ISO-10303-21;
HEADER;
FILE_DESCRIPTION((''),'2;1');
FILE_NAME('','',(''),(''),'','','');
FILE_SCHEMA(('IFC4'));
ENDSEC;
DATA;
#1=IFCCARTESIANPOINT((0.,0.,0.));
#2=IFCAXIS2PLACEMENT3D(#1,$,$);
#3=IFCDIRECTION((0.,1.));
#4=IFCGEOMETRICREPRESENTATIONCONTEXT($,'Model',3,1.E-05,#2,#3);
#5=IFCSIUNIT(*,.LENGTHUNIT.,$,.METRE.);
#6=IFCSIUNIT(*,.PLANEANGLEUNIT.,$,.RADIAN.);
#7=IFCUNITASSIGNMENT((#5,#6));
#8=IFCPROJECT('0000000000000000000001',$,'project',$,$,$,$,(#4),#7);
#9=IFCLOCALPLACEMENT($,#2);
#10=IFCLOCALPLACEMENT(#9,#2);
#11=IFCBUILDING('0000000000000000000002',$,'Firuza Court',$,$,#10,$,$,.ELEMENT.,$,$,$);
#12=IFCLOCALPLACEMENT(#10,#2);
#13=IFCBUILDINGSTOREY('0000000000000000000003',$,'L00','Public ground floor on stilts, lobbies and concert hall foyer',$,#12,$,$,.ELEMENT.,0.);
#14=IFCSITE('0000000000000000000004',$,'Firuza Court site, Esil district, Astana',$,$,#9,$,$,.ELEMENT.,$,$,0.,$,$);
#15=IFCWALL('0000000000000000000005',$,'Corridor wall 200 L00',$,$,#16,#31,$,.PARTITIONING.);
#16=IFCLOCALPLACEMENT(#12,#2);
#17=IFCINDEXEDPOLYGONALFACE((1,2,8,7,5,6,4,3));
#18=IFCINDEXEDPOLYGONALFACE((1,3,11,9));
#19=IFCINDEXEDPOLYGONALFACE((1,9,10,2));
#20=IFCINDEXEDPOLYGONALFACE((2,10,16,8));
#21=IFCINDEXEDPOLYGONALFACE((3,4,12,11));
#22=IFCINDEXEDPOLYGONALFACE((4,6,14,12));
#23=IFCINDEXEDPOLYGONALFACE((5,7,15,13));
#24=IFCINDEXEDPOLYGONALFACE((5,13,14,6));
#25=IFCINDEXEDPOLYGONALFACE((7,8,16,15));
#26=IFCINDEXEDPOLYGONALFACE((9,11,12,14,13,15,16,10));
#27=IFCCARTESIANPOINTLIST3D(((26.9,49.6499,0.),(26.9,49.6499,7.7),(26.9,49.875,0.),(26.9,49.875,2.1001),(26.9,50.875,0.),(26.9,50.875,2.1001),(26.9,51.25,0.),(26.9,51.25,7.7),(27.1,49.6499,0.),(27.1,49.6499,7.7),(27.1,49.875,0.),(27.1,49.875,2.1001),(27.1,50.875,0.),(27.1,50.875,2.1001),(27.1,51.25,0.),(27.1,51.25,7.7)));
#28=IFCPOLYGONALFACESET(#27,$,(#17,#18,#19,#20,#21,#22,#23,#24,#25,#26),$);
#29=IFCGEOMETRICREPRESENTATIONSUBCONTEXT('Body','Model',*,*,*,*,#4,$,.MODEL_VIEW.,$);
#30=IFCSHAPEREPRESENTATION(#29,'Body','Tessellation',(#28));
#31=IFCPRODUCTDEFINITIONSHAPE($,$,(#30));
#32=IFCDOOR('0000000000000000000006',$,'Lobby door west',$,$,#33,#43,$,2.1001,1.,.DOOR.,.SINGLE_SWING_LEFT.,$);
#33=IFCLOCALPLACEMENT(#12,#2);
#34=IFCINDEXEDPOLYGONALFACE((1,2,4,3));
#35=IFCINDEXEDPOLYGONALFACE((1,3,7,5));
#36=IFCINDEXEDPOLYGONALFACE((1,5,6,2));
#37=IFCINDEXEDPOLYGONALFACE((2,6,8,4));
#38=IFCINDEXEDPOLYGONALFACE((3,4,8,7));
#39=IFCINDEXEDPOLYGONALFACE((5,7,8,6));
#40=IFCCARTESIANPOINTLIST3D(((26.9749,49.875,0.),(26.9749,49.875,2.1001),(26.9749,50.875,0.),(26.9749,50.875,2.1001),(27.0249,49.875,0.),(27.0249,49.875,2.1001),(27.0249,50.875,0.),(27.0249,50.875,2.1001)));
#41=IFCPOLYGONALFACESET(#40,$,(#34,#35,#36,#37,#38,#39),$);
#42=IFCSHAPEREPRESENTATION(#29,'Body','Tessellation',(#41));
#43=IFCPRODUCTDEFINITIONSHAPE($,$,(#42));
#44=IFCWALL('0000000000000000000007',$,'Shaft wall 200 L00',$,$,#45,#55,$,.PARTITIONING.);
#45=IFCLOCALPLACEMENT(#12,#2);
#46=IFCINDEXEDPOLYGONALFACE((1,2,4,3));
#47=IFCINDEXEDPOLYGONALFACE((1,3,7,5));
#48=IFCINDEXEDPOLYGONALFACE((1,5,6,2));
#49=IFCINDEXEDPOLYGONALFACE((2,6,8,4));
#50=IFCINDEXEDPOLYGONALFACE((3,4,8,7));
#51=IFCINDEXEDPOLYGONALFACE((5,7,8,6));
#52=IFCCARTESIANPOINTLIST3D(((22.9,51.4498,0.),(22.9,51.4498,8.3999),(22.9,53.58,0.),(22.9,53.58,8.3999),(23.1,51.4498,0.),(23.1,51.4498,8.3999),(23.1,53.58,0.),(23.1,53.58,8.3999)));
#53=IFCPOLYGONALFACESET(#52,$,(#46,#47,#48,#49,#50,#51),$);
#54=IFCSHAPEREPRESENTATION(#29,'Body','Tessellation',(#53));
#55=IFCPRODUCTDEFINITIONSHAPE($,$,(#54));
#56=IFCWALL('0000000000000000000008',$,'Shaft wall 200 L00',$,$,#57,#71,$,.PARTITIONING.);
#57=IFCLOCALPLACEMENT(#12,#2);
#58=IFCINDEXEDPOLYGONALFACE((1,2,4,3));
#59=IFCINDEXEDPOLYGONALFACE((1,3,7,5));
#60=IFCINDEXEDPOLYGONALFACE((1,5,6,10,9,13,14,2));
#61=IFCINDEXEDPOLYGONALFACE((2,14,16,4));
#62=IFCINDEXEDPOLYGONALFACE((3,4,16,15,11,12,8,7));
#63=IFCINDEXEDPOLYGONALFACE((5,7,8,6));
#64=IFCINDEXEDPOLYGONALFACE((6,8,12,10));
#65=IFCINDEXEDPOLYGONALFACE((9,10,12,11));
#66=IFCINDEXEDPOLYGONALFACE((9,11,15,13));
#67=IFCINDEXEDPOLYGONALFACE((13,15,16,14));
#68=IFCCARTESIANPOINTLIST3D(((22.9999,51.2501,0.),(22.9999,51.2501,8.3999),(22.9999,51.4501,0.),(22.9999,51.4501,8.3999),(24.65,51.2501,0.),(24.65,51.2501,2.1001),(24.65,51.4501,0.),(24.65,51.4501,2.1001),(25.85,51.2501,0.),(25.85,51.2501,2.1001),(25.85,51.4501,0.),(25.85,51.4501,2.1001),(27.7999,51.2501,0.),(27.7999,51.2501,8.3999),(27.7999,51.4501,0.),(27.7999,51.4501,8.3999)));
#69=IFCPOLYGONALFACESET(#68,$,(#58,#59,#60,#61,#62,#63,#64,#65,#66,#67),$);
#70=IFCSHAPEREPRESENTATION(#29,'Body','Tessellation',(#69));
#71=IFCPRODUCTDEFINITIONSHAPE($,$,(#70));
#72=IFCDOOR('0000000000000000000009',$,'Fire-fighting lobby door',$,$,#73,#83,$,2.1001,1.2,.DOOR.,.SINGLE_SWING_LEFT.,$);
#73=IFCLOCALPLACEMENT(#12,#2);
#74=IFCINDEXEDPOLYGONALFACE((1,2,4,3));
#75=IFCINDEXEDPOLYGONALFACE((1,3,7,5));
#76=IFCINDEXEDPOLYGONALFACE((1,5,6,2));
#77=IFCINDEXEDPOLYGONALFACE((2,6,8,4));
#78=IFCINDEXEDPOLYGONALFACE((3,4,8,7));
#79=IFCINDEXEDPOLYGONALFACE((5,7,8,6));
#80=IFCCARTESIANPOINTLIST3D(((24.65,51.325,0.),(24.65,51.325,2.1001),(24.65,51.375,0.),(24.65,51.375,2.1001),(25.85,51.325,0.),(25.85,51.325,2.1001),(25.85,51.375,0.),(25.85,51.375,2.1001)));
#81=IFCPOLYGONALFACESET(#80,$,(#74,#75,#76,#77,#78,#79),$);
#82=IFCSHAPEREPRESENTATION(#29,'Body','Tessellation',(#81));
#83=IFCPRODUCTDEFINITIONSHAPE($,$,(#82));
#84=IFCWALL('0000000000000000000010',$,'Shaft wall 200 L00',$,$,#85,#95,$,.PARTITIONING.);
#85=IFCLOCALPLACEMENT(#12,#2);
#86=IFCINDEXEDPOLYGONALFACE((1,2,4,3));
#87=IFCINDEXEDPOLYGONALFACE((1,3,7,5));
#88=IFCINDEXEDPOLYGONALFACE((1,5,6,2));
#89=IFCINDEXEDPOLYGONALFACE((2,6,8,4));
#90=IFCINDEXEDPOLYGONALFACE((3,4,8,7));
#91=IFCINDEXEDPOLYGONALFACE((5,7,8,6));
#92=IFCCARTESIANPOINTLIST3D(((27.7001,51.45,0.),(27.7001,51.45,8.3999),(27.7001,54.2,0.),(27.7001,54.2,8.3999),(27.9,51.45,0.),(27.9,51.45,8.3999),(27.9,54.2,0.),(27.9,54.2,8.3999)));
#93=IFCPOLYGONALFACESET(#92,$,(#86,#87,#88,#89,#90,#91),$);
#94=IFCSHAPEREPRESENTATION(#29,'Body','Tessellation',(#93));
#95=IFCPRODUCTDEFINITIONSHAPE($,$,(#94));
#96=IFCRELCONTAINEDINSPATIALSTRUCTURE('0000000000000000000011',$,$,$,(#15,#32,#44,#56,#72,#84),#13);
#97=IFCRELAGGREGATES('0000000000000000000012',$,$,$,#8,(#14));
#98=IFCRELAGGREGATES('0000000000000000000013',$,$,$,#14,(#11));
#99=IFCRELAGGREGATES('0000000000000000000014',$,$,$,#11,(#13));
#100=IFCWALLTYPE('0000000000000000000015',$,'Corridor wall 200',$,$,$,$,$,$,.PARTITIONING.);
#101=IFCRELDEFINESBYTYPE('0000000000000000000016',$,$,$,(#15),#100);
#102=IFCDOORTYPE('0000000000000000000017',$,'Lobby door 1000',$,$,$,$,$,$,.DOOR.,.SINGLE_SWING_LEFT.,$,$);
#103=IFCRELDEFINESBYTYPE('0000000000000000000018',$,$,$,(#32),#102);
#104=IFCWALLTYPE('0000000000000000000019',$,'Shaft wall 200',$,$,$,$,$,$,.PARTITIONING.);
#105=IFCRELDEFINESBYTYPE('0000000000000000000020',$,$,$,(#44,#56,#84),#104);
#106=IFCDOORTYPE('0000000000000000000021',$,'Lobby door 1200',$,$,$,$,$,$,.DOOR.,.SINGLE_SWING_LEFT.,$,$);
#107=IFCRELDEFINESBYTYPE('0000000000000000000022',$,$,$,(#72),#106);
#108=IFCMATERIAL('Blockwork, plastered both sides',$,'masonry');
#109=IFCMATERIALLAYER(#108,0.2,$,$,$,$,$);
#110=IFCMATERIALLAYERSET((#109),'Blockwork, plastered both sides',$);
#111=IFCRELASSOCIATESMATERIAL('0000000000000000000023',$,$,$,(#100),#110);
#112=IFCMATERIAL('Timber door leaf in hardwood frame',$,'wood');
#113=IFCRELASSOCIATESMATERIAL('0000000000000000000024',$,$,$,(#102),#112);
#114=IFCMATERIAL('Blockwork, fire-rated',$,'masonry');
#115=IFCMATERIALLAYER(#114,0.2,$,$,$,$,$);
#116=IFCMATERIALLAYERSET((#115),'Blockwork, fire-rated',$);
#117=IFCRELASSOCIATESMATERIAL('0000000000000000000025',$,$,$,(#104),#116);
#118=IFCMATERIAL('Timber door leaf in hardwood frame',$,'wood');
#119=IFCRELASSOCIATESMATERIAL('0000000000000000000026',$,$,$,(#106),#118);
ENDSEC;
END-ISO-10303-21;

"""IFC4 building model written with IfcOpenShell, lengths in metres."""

from ifc_helpers import new_model, si_unit, direction, frame, frame_2d, origin, place, context, subcontext, project, spatial, rectangle, extrude, material, layer, layer_set, type_object, element, fill, save


model = new_model("IFC4")

# Units and contexts
model_context = context("Model", 3, precision=1e-05, world=origin(), true_north=direction((0.0, 1.0)))
body_context = subcontext(model_context, "Body", "Model", "MODEL_VIEW")
ifc_project = project(units=[si_unit("LENGTHUNIT", "METRE"), si_unit("PLANEANGLEUNIT", "RADIAN")], contexts=[model_context])

# Site, building, storey
site_placement = place(None, origin())
site = spatial("IfcSite", under=ifc_project, at=site_placement, Name="Firuza Court site, Esil district, Astana", CompositionType="ELEMENT", RefElevation=0.0)
building_placement = place(site_placement, origin())
building = spatial("IfcBuilding", under=site, at=building_placement, Name="Firuza Court", CompositionType="ELEMENT")
storey_placement = place(building_placement, origin())
storey = spatial("IfcBuildingStorey", under=building, at=storey_placement, Name="L00", Description="Public ground floor on stilts, lobbies and concert hall foyer", CompositionType="ELEMENT", Elevation=0.0)

# Wall, opening, door
ifc_material_1 = material(Name="Blockwork, plastered both sides", Category="masonry")
ifc_layer_1 = layer(ifc_material_1, 0.2)
ifc_layer_set_1 = layer_set([ifc_layer_1], Name="Blockwork, plastered both sides")
wall_type_1 = type_object("IfcWallType", Name="Corridor wall 200", PredefinedType="PARTITIONING", material=ifc_layer_set_1)
wall_1_placement = place(storey_placement, frame((27.0, 49.6499, 0.0), z_axis=(0.0, 0.0, 1.0), x_axis=(0.0, 1.0, 0.0)))
wall_1 = element("IfcWall", 1, at=wall_1_placement, inside=storey, type_object=wall_type_1, Name="Corridor wall 200 L00", PredefinedType="PARTITIONING", context=body_context, shape_type="SweptSolid", body=[
    extrude(rectangle(XDim=1.6001, YDim=0.2, at=frame_2d((0.8, 0.0))), origin(), (0.0, 0.0, 1.0), 7.7),
])
opening_1_placement = place(wall_1_placement, frame((0.2251, 0.0, 0.0)))
opening_1 = element("IfcOpeningElement", 2, at=opening_1_placement, cuts=wall_1, PredefinedType="OPENING", context=body_context, shape_type="SweptSolid", body=[
    extrude(rectangle(XDim=1.0, YDim=2.1001, at=frame_2d((0.5, 1.05))), frame((0.0, 0.1118, 0.0), z_axis=(0.0, -1.0, 0.0), x_axis=(1.0, 0.0, 0.0)), (0.0, 0.0, 1.0), 0.2239),
])
ifc_material_2 = material(Name="Timber door leaf in hardwood frame", Category="wood")
door_type_1 = type_object("IfcDoorType", Name="Lobby door 1000", OperationType="SINGLE_SWING_LEFT", PredefinedType="DOOR", material=ifc_material_2)
door_1_placement = place(opening_1_placement, frame((1.0, 0.0, 0.0), z_axis=(0.0, 0.0, 1.0), x_axis=(-1.0, 0.0, 0.0)))
door_1 = element("IfcDoor", 3, at=door_1_placement, inside=storey, type_object=door_type_1, Name="Lobby door west", OperationType="SINGLE_SWING_LEFT", OverallHeight=2.1001, OverallWidth=1.0, PredefinedType="DOOR", context=body_context, shape_type="SweptSolid", body=[
    extrude(rectangle(XDim=1.0, YDim=2.1001, at=frame_2d((0.5, 1.05))), frame((0.0, 0.0249, 0.0), z_axis=(0.0, -1.0, 0.0), x_axis=(1.0, 0.0, 0.0)), (0.0, 0.0, 1.0), 0.05),
])
fill(opening_1, door_1)

# Wall
ifc_material_3 = material(Name="Blockwork, fire-rated", Category="masonry")
ifc_layer_2 = layer(ifc_material_3, 0.2)
ifc_layer_set_2 = layer_set([ifc_layer_2], Name="Blockwork, fire-rated")
wall_type_2 = type_object("IfcWallType", Name="Shaft wall 200", PredefinedType="PARTITIONING", material=ifc_layer_set_2)
wall_2_placement = place(storey_placement, frame((23.0, 51.45, 0.0), z_axis=(0.0, 0.0, 1.0), x_axis=(0.0, 1.0, 0.0)))
element("IfcWall", 4, at=wall_2_placement, inside=storey, type_object=wall_type_2, Name="Shaft wall 200 L00", PredefinedType="PARTITIONING", context=body_context, shape_type="SweptSolid", body=[
    extrude(rectangle(XDim=2.1301, YDim=0.2, at=frame_2d((1.0649, 0.0))), origin(), (0.0, 0.0, 1.0), 8.3999),
])

# Wall, opening, door
wall_3_placement = place(storey_placement, frame((23.0, 51.3501, 0.0), z_axis=(0.0, 0.0, 1.0), x_axis=(1.0, 0.0, 0.0)))
wall_3 = element("IfcWall", 5, at=wall_3_placement, inside=storey, type_object=wall_type_2, Name="Shaft wall 200 L00", PredefinedType="PARTITIONING", context=body_context, shape_type="SweptSolid", body=[
    extrude(rectangle(XDim=4.8, YDim=0.2, at=frame_2d((2.3999, 0.0))), origin(), (0.0, 0.0, 1.0), 8.3999),
])
opening_2_placement = place(wall_3_placement, frame((1.6499, 0.0, 0.0)))
opening_2 = element("IfcOpeningElement", 6, at=opening_2_placement, cuts=wall_3, PredefinedType="OPENING", context=body_context, shape_type="SweptSolid", body=[
    extrude(rectangle(XDim=1.2, YDim=2.1001, at=frame_2d((0.6001, 1.05))), frame((0.0, 0.1118, 0.0), z_axis=(0.0, -1.0, 0.0), x_axis=(1.0, 0.0, 0.0)), (0.0, 0.0, 1.0), 0.2239),
])
ifc_material_4 = material(Name="Timber door leaf in hardwood frame", Category="wood")
door_type_2 = type_object("IfcDoorType", Name="Lobby door 1200", OperationType="SINGLE_SWING_LEFT", PredefinedType="DOOR", material=ifc_material_4)
door_2_placement = place(opening_2_placement, origin())
door_2 = element("IfcDoor", 7, at=door_2_placement, inside=storey, type_object=door_type_2, Name="Fire-fighting lobby door", OperationType="SINGLE_SWING_LEFT", OverallHeight=2.1001, OverallWidth=1.2, PredefinedType="DOOR", context=body_context, shape_type="SweptSolid", body=[
    extrude(rectangle(XDim=1.2, YDim=2.1001, at=frame_2d((0.6001, 1.05))), frame((0.0, 0.0249, 0.0), z_axis=(0.0, -1.0, 0.0), x_axis=(1.0, 0.0, 0.0)), (0.0, 0.0, 1.0), 0.05),
])
fill(opening_2, door_2)

# Wall
wall_4_placement = place(storey_placement, frame((27.8, 51.45, 0.0), z_axis=(0.0, 0.0, 1.0), x_axis=(0.0, 1.0, 0.0)))
element("IfcWall", 8, at=wall_4_placement, inside=storey, type_object=wall_type_2, Name="Shaft wall 200 L00", PredefinedType="PARTITIONING", context=body_context, shape_type="SweptSolid", body=[
    extrude(rectangle(XDim=2.75, YDim=0.2, at=frame_2d((1.375, 0.0))), origin(), (0.0, 0.0, 1.0), 8.3999),
])

save(model, "model.ifc")
